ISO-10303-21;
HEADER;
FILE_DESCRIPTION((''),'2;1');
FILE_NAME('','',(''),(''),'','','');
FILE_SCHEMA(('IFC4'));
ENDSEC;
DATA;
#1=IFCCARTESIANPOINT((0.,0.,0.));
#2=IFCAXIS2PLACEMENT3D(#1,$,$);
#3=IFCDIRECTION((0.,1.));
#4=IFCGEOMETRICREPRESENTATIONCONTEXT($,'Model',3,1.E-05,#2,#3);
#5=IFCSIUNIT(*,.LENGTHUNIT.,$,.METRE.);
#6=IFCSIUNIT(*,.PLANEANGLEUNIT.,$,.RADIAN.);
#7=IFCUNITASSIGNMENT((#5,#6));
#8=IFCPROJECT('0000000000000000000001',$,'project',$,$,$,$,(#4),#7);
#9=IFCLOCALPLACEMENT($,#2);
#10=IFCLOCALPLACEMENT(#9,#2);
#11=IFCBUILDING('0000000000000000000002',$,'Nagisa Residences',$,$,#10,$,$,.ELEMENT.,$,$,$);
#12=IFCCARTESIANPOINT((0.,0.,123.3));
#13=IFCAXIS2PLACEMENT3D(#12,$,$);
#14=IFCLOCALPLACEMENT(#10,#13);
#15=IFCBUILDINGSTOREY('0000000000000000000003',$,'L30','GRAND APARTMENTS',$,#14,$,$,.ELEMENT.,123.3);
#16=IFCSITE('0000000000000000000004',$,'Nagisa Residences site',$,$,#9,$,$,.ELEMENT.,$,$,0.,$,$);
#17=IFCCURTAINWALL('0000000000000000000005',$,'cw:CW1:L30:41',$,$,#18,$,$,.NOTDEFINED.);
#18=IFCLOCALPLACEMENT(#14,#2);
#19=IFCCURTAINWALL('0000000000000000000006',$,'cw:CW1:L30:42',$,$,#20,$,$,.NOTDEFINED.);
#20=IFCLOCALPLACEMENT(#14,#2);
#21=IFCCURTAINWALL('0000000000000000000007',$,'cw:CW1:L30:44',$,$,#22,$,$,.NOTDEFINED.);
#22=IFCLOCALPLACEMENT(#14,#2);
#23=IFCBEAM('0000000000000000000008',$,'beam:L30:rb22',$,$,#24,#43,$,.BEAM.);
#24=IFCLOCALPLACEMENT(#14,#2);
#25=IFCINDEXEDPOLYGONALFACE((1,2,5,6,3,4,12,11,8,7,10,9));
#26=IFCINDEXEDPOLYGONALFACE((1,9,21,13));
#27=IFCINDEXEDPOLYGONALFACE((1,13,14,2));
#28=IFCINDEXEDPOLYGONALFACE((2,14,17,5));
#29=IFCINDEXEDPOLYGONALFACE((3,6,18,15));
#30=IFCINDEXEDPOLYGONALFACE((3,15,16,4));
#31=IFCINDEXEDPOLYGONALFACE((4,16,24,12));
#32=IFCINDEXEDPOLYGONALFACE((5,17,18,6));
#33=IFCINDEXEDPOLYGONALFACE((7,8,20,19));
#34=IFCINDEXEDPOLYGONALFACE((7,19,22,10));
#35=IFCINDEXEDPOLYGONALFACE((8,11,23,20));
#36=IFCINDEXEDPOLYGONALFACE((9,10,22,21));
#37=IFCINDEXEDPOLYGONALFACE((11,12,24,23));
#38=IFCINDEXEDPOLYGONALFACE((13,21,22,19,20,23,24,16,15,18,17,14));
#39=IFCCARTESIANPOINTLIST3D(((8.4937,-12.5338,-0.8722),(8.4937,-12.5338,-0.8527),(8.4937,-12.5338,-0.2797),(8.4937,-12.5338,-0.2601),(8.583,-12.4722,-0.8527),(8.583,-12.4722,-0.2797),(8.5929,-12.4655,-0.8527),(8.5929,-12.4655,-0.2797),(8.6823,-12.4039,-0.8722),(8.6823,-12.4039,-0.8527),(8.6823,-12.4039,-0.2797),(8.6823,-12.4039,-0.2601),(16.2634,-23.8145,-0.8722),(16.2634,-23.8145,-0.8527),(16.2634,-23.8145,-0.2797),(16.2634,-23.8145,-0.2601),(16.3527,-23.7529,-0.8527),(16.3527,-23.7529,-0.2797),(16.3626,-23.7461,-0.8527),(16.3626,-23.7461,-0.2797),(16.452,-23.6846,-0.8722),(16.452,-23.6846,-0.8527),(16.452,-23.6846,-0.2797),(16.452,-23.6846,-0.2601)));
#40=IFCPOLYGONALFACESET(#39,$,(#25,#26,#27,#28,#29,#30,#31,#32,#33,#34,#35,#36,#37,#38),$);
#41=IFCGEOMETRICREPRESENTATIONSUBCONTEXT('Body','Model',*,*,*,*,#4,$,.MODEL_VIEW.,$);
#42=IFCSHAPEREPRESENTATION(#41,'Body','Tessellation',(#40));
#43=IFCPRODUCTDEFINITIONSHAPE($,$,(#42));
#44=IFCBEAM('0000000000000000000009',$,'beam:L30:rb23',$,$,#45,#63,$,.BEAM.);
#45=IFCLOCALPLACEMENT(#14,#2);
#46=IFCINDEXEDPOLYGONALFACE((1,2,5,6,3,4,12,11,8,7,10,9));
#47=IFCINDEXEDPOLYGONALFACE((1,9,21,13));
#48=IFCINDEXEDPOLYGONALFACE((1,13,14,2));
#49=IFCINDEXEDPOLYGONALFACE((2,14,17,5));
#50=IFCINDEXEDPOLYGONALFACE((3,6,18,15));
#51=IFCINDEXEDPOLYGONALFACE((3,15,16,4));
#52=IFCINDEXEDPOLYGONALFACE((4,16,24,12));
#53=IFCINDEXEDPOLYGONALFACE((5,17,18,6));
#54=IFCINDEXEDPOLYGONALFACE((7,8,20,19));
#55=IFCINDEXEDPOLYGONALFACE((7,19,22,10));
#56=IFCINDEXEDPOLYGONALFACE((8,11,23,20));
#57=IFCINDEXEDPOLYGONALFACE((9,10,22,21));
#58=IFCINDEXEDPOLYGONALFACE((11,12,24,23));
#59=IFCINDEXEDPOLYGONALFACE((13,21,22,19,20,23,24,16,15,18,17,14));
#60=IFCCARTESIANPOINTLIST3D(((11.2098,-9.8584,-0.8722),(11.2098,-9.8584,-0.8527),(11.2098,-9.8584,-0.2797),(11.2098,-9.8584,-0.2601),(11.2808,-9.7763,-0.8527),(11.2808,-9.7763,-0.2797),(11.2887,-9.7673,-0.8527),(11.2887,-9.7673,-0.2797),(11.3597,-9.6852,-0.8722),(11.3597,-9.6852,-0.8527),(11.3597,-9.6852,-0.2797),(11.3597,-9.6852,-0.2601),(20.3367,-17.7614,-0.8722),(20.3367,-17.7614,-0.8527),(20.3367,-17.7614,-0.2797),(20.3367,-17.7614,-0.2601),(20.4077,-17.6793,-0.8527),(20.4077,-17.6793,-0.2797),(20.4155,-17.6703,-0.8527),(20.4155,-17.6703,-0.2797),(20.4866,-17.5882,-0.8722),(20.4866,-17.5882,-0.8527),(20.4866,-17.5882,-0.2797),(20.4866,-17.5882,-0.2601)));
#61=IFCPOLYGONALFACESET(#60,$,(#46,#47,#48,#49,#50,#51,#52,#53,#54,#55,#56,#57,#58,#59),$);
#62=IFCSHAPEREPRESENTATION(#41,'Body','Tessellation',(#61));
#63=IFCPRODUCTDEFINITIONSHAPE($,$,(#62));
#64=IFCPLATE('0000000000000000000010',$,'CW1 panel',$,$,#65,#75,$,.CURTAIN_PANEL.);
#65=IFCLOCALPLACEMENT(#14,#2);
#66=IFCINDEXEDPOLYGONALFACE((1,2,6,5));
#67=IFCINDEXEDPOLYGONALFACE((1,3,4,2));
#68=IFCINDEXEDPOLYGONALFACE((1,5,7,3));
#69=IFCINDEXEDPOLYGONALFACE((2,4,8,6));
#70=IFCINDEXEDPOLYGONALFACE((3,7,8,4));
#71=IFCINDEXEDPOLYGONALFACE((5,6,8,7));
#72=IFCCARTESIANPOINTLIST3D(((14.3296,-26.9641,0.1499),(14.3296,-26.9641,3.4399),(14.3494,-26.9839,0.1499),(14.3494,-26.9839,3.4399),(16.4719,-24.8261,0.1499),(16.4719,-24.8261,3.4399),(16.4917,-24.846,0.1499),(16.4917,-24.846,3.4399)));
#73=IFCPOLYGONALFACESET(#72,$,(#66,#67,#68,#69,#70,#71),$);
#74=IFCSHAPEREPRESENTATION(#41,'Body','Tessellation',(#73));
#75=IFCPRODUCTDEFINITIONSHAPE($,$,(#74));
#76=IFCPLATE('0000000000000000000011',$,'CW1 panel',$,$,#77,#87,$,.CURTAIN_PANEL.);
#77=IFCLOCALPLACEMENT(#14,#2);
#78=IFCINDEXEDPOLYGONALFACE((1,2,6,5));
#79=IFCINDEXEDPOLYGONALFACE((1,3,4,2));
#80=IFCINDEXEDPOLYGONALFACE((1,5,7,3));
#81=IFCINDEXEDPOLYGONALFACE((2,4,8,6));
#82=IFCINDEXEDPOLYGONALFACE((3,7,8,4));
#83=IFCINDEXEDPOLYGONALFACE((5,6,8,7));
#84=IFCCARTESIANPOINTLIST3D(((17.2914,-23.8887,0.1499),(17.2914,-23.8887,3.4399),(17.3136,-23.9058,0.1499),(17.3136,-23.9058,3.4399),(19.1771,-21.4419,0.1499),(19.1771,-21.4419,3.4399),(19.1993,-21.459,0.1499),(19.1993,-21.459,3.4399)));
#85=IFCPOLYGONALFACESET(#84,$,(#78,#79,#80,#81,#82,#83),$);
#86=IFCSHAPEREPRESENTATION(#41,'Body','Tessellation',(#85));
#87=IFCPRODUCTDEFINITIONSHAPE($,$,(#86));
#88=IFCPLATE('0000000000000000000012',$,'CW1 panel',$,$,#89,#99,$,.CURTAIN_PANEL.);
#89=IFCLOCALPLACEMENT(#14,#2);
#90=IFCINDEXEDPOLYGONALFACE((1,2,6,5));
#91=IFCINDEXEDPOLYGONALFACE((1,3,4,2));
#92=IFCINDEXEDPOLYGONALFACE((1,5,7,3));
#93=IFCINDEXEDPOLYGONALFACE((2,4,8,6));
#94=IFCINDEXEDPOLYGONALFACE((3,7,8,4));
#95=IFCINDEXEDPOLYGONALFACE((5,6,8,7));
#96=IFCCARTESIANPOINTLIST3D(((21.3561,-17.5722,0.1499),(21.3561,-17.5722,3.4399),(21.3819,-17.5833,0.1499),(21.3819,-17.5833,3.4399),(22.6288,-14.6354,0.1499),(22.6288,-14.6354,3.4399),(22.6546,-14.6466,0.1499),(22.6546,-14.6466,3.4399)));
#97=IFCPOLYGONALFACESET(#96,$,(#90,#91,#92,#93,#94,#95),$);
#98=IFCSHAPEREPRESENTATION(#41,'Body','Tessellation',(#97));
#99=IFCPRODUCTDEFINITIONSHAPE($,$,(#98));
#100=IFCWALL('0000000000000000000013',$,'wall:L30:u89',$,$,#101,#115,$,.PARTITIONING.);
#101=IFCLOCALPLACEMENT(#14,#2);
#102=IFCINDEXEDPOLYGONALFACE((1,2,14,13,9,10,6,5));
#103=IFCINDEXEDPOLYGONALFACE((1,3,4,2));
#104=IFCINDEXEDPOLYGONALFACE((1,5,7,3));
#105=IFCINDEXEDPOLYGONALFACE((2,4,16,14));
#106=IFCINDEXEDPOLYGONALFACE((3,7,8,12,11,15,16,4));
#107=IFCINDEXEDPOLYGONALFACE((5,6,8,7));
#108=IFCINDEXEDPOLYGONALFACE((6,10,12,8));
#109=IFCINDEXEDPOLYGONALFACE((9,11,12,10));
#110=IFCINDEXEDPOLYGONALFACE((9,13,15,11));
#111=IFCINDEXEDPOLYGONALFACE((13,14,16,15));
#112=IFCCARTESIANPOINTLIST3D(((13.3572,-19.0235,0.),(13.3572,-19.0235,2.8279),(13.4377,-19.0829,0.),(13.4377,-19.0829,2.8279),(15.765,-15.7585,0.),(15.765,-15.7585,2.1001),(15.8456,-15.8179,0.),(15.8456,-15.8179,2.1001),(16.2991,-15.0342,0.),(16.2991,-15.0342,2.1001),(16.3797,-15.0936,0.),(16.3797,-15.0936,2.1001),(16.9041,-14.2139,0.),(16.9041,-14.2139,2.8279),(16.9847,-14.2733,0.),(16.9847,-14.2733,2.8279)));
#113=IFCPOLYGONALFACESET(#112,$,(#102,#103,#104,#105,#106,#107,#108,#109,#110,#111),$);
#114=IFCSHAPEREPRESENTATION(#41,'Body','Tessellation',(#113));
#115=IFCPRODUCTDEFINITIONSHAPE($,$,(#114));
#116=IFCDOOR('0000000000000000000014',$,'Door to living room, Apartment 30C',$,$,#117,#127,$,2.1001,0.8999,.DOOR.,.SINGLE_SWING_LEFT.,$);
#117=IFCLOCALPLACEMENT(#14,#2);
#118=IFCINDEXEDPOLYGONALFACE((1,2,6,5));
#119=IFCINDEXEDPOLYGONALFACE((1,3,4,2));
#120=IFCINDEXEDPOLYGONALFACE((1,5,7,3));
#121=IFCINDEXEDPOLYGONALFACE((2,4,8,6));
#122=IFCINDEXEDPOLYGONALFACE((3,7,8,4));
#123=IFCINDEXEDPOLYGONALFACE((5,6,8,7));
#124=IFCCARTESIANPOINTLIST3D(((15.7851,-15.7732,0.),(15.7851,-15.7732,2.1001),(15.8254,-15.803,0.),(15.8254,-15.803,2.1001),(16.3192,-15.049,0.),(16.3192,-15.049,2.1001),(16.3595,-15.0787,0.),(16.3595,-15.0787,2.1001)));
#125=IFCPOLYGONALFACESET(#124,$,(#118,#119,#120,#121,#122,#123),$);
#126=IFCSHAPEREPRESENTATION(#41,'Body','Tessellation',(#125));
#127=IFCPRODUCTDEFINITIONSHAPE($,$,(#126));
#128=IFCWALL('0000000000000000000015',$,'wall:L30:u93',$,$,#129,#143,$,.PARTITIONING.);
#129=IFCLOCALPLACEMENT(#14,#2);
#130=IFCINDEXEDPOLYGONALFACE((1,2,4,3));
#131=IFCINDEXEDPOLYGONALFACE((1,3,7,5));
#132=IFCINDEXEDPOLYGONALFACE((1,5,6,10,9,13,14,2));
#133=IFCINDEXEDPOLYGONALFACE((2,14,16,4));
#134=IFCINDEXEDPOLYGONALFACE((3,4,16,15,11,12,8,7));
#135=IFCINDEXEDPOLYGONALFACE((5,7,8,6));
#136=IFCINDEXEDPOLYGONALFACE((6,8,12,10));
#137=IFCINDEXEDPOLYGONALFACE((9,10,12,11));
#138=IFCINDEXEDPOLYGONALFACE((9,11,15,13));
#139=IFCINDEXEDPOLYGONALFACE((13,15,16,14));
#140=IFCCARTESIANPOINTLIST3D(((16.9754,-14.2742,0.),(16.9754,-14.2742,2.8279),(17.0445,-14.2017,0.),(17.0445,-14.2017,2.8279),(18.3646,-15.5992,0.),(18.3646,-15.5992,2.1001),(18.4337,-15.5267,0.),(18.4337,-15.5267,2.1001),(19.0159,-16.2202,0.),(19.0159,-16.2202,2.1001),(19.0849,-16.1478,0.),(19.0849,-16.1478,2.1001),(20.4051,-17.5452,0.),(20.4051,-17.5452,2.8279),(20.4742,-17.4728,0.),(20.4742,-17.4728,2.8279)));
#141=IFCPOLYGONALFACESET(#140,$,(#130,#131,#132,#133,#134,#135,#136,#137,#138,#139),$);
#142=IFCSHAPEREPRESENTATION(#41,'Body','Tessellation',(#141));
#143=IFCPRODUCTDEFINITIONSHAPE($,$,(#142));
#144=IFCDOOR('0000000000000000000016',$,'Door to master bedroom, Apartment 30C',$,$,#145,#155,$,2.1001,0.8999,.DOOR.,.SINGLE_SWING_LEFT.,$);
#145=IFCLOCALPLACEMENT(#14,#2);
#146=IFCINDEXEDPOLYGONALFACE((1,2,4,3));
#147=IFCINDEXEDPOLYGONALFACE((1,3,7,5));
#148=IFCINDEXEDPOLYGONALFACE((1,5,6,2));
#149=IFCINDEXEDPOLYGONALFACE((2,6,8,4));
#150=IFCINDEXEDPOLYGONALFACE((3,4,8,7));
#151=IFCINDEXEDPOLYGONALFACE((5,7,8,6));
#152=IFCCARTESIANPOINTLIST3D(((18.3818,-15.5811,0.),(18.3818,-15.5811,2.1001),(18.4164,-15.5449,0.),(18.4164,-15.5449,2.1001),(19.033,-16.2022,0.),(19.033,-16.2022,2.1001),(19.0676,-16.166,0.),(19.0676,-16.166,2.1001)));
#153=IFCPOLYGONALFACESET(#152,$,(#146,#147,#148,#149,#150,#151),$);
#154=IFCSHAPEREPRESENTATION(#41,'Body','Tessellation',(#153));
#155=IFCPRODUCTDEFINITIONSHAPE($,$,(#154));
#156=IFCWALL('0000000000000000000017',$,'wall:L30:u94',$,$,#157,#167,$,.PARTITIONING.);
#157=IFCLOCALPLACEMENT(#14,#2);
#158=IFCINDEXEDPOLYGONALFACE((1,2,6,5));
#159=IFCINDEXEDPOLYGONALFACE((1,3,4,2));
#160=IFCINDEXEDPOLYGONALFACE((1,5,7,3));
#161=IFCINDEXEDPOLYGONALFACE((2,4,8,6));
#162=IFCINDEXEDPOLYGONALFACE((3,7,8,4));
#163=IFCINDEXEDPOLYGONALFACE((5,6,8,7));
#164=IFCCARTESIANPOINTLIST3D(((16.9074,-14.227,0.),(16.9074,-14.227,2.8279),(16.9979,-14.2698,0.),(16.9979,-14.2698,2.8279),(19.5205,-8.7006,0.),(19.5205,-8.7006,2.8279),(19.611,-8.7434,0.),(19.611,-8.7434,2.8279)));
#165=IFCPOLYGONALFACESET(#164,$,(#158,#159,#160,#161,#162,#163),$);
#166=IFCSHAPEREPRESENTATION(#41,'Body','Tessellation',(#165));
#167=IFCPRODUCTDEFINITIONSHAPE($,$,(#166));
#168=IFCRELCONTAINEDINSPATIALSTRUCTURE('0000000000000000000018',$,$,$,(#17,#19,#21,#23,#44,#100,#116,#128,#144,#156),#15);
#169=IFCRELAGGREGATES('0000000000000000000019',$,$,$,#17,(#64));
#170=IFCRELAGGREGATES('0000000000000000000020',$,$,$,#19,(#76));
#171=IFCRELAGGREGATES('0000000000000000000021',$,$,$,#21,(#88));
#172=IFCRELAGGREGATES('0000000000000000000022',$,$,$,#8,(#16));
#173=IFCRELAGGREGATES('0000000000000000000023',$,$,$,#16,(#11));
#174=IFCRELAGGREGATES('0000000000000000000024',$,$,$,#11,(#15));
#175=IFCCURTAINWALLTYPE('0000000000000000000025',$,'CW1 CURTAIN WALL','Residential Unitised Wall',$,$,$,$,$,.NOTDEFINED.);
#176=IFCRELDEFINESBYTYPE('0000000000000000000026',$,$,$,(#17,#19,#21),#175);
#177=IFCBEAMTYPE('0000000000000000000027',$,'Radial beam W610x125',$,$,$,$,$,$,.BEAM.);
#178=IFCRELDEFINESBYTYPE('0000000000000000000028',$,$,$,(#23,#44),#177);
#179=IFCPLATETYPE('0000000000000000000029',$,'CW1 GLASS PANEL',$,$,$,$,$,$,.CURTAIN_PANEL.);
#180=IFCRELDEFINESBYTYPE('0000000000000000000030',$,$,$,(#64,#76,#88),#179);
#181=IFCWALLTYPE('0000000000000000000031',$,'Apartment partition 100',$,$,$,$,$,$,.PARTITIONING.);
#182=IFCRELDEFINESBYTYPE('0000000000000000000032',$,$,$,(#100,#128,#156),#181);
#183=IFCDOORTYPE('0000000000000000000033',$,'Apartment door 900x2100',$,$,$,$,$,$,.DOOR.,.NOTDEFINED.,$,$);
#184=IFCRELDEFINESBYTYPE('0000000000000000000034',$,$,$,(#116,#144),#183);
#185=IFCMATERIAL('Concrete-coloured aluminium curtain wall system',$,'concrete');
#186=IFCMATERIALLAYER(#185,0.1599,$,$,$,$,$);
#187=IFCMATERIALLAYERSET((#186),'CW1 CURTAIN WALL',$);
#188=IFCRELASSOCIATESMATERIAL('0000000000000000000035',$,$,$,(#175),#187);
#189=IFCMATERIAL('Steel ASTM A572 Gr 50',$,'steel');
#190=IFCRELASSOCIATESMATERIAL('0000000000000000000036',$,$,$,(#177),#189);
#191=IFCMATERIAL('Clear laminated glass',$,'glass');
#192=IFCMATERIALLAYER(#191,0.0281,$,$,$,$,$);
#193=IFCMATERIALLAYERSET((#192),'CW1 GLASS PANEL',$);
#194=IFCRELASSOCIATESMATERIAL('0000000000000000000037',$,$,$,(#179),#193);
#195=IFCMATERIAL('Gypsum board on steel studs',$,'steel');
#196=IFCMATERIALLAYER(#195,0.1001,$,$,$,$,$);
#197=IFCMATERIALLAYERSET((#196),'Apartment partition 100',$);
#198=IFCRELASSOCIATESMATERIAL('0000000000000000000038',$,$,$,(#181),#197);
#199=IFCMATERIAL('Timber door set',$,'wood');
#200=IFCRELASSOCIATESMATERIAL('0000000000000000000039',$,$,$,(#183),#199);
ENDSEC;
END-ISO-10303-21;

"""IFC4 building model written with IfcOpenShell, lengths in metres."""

from ifc_helpers import new_model, si_unit, direction, frame, frame_2d, origin, origin_2d, place, context, subcontext, project, spatial, rectangle, i_section, extrude, material, layer, layer_set, material_profile, profile_set, type_object, element, fill, aggregate, save


model = new_model("IFC4")

# Units and contexts
model_context = context("Model", 3, precision=1e-05, world=origin(), true_north=direction((0.0, 1.0)))
body_context = subcontext(model_context, "Body", "Model", "MODEL_VIEW")
ifc_project = project(units=[si_unit("LENGTHUNIT", "METRE"), si_unit("PLANEANGLEUNIT", "RADIAN")], contexts=[model_context])

# Site, building, storey
site_placement = place(None, origin())
site = spatial("IfcSite", under=ifc_project, at=site_placement, Name="Nagisa Residences site", CompositionType="ELEMENT", RefElevation=0.0)
building_placement = place(site_placement, origin())
building = spatial("IfcBuilding", under=site, at=building_placement, Name="Nagisa Residences", CompositionType="ELEMENT")
storey_placement = place(building_placement, frame((0.0, 0.0, 123.3)))
storey = spatial("IfcBuildingStorey", under=building, at=storey_placement, Name="L30", Description="GRAND APARTMENTS", CompositionType="ELEMENT", Elevation=123.3)

# Curtain walls
ifc_material_1 = material(Name="Concrete-coloured aluminium curtain wall system", Category="concrete")
ifc_layer_1 = layer(ifc_material_1, 0.1599)
ifc_layer_set_1 = layer_set([ifc_layer_1], Name="CW1 CURTAIN WALL")
curtain_wall_type = type_object("IfcCurtainWallType", Name="CW1 CURTAIN WALL", Description="Residential Unitised Wall", PredefinedType="NOTDEFINED", material=ifc_layer_set_1)
curtain_wall_1_placement = place(storey_placement, origin())
curtain_wall_1 = element("IfcCurtainWall", 1, at=curtain_wall_1_placement, inside=storey, type_object=curtain_wall_type, Name="cw:CW1:L30:41", PredefinedType="NOTDEFINED")
curtain_wall_2_placement = place(storey_placement, origin())
curtain_wall_2 = element("IfcCurtainWall", 2, at=curtain_wall_2_placement, inside=storey, type_object=curtain_wall_type, Name="cw:CW1:L30:42", PredefinedType="NOTDEFINED")
curtain_wall_3_placement = place(storey_placement, origin())
curtain_wall_3 = element("IfcCurtainWall", 3, at=curtain_wall_3_placement, inside=storey, type_object=curtain_wall_type, Name="cw:CW1:L30:44", PredefinedType="NOTDEFINED")

# Beams
ifc_material_2 = material(Name="Steel ASTM A572 Gr 50", Category="steel")
ifc_material_profile_1 = material_profile(ifc_material_2, i_section(OverallWidth=0.229, OverallDepth=0.6121, WebThickness=0.012, FlangeThickness=0.0195, at=origin_2d()), Name="W610x125")
ifc_profile_set_1 = profile_set([ifc_material_profile_1], Name="Steel ASTM A572 Gr 50")
beam_type_1 = type_object("IfcBeamType", Name="Radial beam W610x125", PredefinedType="BEAM", material=ifc_profile_set_1)
beam_1_placement = place(storey_placement, frame((16.3577, -23.7495, -0.5662), z_axis=(-0.567235, 0.823556, 0.0), x_axis=(-0.823556, -0.567235, 0.0)))
element("IfcBeam", 4, at=beam_1_placement, inside=storey, type_object=beam_type_1, Name="beam:L30:rb22", PredefinedType="BEAM", context=body_context, shape_type="SweptSolid", body=[
    extrude(i_section(OverallWidth=0.229, OverallDepth=0.6121, WebThickness=0.012, FlangeThickness=0.0195, at=origin_2d()), origin(), (0.0, 0.0, 1.0), 13.6975),
])
beam_2_placement = place(storey_placement, frame((20.4116, -17.6748, -0.5662), z_axis=(-0.755974, 0.654602, 0.0), x_axis=(-0.654602, -0.755974, 0.0)))
element("IfcBeam", 5, at=beam_2_placement, inside=storey, type_object=beam_type_1, Name="beam:L30:rb23", PredefinedType="BEAM", context=body_context, shape_type="SweptSolid", body=[
    extrude(i_section(OverallWidth=0.229, OverallDepth=0.6121, WebThickness=0.012, FlangeThickness=0.0195, at=origin_2d()), origin(), (0.0, 0.0, 1.0), 12.073),
])

# Plates
ifc_material_3 = material(Name="Clear laminated glass", Category="glass")
ifc_layer_2 = layer(ifc_material_3, 0.0281)
ifc_layer_set_2 = layer_set([ifc_layer_2], Name="CW1 GLASS PANEL")
plate_type = type_object("IfcPlateType", Name="CW1 GLASS PANEL", PredefinedType="CURTAIN_PANEL", material=ifc_layer_set_2)
plate_1_placement = place(storey_placement, frame((15.4106, -25.905, 0.1499), z_axis=(0.0, 0.0, 1.0), x_axis=(0.707836, 0.706377, 0.0)))
plate_1 = element("IfcPlate", 6, at=plate_1_placement, type_object=plate_type, Name="CW1 panel", PredefinedType="CURTAIN_PANEL", context=body_context, shape_type="SweptSolid", body=[
    extrude(rectangle(XDim=3.0266, YDim=0.0281, at=origin_2d()), origin(), (0.0, 0.0, 1.0), 3.29),
])
aggregate(curtain_wall_1, [plate_1])
plate_2_placement = place(storey_placement, frame((18.2454, -22.6738, 0.1499), z_axis=(0.0, 0.0, 1.0), x_axis=(0.61043, 0.79207, 0.0)))
plate_2 = element("IfcPlate", 7, at=plate_2_placement, type_object=plate_type, Name="CW1 panel", PredefinedType="CURTAIN_PANEL", context=body_context, shape_type="SweptSolid", body=[
    extrude(rectangle(XDim=3.0891, YDim=0.0281, at=origin_2d()), origin(), (0.0, 0.0, 1.0), 3.29),
])
aggregate(curtain_wall_2, [plate_2])
plate_3_placement = place(storey_placement, frame((22.0054, -16.1094, 0.1499), z_axis=(0.0, 0.0, 1.0), x_axis=(0.397636, 0.917543, 0.0)))
plate_3 = element("IfcPlate", 8, at=plate_3_placement, type_object=plate_type, Name="CW1 panel", PredefinedType="CURTAIN_PANEL", context=body_context, shape_type="SweptSolid", body=[
    extrude(rectangle(XDim=3.2007, YDim=0.0281, at=origin_2d()), origin(), (0.0, 0.0, 1.0), 3.29),
])
aggregate(curtain_wall_3, [plate_3])

# Walls, openings, doors
ifc_material_4 = material(Name="Gypsum board on steel studs", Category="steel")
ifc_layer_3 = layer(ifc_material_4, 0.1001)
ifc_layer_set_3 = layer_set([ifc_layer_3], Name="Apartment partition 100")
wall_type_1 = type_object("IfcWallType", Name="Apartment partition 100", PredefinedType="PARTITIONING", material=ifc_layer_set_3)
wall_1_placement = place(storey_placement, frame((13.3975, -19.0532, 0.0), z_axis=(0.0, 0.0, 1.0), x_axis=(0.593522, 0.804818, 0.0)))
wall_1 = element("IfcWall", 9, at=wall_1_placement, inside=storey, type_object=wall_type_1, Name="wall:L30:u89", PredefinedType="PARTITIONING", context=body_context, shape_type="SweptSolid", body=[
    extrude(rectangle(XDim=5.9761, YDim=0.1001, at=frame_2d((2.988, 0.0))), origin(), (0.0, 0.0, 1.0), 2.8279),
])
opening_1_placement = place(wall_1_placement, frame((4.0569, 0.0, 0.0)))
opening_1 = element("IfcOpeningElement", 10, at=opening_1_placement, cuts=wall_1, PredefinedType="OPENING", context=body_context, shape_type="SweptSolid", body=[
    extrude(rectangle(XDim=0.8999, YDim=2.1001, at=frame_2d((0.45, 1.05))), frame((0.0, 0.0601, 0.0), z_axis=(0.0, -1.0, 0.0), x_axis=(1.0, 0.0, 0.0)), (0.0, 0.0, 1.0), 0.1201),
])
ifc_material_5 = material(Name="Timber door set", Category="wood")
door_type_1 = type_object("IfcDoorType", Name="Apartment door 900x2100", OperationType="NOTDEFINED", PredefinedType="DOOR", material=ifc_material_5)
door_1_placement = place(opening_1_placement, frame((0.8999, 0.0, 0.0), x_axis=(-1.0, 0.0, 0.0)))
door_1 = element("IfcDoor", 11, at=door_1_placement, inside=storey, type_object=door_type_1, Name="Door to living room, Apartment 30C", OperationType="SINGLE_SWING_LEFT", OverallHeight=2.1001, OverallWidth=0.8999, PredefinedType="DOOR", context=body_context, shape_type="SweptSolid", body=[
    extrude(rectangle(XDim=0.8999, YDim=2.1001, at=frame_2d((0.45, 1.05))), frame((0.0, 0.0249, 0.0), z_axis=(0.0, -1.0, 0.0), x_axis=(1.0, 0.0, 0.0)), (0.0, 0.0, 1.0), 0.05),
])
fill(opening_1, door_1)
wall_2_placement = place(storey_placement, frame((17.01, -14.238, 0.0), z_axis=(0.0, 0.0, 1.0), x_axis=(0.72365, -0.690167, 0.0)))
wall_2 = element("IfcWall", 12, at=wall_2_placement, inside=storey, type_object=wall_type_1, Name="wall:L30:u93", PredefinedType="PARTITIONING", context=body_context, shape_type="SweptSolid", body=[
    extrude(rectangle(XDim=4.7395, YDim=0.1001, at=frame_2d((2.3696, 0.0))), origin(), (0.0, 0.0, 1.0), 2.8279),
])
opening_2_placement = place(wall_2_placement, frame((1.9197, 0.0, 0.0)))
opening_2 = element("IfcOpeningElement", 13, at=opening_2_placement, cuts=wall_2, PredefinedType="OPENING", context=body_context, shape_type="SweptSolid", body=[
    extrude(rectangle(XDim=0.8999, YDim=2.1001, at=frame_2d((0.45, 1.05))), frame((0.0, 0.0601, 0.0), z_axis=(0.0, -1.0, 0.0), x_axis=(1.0, 0.0, 0.0)), (0.0, 0.0, 1.0), 0.1201),
])
door_2_placement = place(opening_2_placement, origin())
door_2 = element("IfcDoor", 14, at=door_2_placement, inside=storey, type_object=door_type_1, Name="Door to master bedroom, Apartment 30C", OperationType="SINGLE_SWING_LEFT", OverallHeight=2.1001, OverallWidth=0.8999, PredefinedType="DOOR", context=body_context, shape_type="SweptSolid", body=[
    extrude(rectangle(XDim=0.8999, YDim=2.1001, at=frame_2d((0.45, 1.05))), frame((0.0, 0.0249, 0.0), z_axis=(0.0, -1.0, 0.0), x_axis=(1.0, 0.0, 0.0)), (0.0, 0.0, 1.0), 0.05),
])
fill(opening_2, door_2)

# Wall
wall_3_placement = place(storey_placement, frame((16.9526, -14.2485, 0.0), z_axis=(0.0, 0.0, 1.0), x_axis=(0.427456, 0.904036, 0.0)))
element("IfcWall", 15, at=wall_3_placement, inside=storey, type_object=wall_type_1, Name="wall:L30:u94", PredefinedType="PARTITIONING", context=body_context, shape_type="SweptSolid", body=[
    extrude(rectangle(XDim=6.113, YDim=0.1001, at=frame_2d((3.0566, 0.0))), origin(), (0.0, 0.0, 1.0), 2.8279),
])

save(model, "model.ifc")
